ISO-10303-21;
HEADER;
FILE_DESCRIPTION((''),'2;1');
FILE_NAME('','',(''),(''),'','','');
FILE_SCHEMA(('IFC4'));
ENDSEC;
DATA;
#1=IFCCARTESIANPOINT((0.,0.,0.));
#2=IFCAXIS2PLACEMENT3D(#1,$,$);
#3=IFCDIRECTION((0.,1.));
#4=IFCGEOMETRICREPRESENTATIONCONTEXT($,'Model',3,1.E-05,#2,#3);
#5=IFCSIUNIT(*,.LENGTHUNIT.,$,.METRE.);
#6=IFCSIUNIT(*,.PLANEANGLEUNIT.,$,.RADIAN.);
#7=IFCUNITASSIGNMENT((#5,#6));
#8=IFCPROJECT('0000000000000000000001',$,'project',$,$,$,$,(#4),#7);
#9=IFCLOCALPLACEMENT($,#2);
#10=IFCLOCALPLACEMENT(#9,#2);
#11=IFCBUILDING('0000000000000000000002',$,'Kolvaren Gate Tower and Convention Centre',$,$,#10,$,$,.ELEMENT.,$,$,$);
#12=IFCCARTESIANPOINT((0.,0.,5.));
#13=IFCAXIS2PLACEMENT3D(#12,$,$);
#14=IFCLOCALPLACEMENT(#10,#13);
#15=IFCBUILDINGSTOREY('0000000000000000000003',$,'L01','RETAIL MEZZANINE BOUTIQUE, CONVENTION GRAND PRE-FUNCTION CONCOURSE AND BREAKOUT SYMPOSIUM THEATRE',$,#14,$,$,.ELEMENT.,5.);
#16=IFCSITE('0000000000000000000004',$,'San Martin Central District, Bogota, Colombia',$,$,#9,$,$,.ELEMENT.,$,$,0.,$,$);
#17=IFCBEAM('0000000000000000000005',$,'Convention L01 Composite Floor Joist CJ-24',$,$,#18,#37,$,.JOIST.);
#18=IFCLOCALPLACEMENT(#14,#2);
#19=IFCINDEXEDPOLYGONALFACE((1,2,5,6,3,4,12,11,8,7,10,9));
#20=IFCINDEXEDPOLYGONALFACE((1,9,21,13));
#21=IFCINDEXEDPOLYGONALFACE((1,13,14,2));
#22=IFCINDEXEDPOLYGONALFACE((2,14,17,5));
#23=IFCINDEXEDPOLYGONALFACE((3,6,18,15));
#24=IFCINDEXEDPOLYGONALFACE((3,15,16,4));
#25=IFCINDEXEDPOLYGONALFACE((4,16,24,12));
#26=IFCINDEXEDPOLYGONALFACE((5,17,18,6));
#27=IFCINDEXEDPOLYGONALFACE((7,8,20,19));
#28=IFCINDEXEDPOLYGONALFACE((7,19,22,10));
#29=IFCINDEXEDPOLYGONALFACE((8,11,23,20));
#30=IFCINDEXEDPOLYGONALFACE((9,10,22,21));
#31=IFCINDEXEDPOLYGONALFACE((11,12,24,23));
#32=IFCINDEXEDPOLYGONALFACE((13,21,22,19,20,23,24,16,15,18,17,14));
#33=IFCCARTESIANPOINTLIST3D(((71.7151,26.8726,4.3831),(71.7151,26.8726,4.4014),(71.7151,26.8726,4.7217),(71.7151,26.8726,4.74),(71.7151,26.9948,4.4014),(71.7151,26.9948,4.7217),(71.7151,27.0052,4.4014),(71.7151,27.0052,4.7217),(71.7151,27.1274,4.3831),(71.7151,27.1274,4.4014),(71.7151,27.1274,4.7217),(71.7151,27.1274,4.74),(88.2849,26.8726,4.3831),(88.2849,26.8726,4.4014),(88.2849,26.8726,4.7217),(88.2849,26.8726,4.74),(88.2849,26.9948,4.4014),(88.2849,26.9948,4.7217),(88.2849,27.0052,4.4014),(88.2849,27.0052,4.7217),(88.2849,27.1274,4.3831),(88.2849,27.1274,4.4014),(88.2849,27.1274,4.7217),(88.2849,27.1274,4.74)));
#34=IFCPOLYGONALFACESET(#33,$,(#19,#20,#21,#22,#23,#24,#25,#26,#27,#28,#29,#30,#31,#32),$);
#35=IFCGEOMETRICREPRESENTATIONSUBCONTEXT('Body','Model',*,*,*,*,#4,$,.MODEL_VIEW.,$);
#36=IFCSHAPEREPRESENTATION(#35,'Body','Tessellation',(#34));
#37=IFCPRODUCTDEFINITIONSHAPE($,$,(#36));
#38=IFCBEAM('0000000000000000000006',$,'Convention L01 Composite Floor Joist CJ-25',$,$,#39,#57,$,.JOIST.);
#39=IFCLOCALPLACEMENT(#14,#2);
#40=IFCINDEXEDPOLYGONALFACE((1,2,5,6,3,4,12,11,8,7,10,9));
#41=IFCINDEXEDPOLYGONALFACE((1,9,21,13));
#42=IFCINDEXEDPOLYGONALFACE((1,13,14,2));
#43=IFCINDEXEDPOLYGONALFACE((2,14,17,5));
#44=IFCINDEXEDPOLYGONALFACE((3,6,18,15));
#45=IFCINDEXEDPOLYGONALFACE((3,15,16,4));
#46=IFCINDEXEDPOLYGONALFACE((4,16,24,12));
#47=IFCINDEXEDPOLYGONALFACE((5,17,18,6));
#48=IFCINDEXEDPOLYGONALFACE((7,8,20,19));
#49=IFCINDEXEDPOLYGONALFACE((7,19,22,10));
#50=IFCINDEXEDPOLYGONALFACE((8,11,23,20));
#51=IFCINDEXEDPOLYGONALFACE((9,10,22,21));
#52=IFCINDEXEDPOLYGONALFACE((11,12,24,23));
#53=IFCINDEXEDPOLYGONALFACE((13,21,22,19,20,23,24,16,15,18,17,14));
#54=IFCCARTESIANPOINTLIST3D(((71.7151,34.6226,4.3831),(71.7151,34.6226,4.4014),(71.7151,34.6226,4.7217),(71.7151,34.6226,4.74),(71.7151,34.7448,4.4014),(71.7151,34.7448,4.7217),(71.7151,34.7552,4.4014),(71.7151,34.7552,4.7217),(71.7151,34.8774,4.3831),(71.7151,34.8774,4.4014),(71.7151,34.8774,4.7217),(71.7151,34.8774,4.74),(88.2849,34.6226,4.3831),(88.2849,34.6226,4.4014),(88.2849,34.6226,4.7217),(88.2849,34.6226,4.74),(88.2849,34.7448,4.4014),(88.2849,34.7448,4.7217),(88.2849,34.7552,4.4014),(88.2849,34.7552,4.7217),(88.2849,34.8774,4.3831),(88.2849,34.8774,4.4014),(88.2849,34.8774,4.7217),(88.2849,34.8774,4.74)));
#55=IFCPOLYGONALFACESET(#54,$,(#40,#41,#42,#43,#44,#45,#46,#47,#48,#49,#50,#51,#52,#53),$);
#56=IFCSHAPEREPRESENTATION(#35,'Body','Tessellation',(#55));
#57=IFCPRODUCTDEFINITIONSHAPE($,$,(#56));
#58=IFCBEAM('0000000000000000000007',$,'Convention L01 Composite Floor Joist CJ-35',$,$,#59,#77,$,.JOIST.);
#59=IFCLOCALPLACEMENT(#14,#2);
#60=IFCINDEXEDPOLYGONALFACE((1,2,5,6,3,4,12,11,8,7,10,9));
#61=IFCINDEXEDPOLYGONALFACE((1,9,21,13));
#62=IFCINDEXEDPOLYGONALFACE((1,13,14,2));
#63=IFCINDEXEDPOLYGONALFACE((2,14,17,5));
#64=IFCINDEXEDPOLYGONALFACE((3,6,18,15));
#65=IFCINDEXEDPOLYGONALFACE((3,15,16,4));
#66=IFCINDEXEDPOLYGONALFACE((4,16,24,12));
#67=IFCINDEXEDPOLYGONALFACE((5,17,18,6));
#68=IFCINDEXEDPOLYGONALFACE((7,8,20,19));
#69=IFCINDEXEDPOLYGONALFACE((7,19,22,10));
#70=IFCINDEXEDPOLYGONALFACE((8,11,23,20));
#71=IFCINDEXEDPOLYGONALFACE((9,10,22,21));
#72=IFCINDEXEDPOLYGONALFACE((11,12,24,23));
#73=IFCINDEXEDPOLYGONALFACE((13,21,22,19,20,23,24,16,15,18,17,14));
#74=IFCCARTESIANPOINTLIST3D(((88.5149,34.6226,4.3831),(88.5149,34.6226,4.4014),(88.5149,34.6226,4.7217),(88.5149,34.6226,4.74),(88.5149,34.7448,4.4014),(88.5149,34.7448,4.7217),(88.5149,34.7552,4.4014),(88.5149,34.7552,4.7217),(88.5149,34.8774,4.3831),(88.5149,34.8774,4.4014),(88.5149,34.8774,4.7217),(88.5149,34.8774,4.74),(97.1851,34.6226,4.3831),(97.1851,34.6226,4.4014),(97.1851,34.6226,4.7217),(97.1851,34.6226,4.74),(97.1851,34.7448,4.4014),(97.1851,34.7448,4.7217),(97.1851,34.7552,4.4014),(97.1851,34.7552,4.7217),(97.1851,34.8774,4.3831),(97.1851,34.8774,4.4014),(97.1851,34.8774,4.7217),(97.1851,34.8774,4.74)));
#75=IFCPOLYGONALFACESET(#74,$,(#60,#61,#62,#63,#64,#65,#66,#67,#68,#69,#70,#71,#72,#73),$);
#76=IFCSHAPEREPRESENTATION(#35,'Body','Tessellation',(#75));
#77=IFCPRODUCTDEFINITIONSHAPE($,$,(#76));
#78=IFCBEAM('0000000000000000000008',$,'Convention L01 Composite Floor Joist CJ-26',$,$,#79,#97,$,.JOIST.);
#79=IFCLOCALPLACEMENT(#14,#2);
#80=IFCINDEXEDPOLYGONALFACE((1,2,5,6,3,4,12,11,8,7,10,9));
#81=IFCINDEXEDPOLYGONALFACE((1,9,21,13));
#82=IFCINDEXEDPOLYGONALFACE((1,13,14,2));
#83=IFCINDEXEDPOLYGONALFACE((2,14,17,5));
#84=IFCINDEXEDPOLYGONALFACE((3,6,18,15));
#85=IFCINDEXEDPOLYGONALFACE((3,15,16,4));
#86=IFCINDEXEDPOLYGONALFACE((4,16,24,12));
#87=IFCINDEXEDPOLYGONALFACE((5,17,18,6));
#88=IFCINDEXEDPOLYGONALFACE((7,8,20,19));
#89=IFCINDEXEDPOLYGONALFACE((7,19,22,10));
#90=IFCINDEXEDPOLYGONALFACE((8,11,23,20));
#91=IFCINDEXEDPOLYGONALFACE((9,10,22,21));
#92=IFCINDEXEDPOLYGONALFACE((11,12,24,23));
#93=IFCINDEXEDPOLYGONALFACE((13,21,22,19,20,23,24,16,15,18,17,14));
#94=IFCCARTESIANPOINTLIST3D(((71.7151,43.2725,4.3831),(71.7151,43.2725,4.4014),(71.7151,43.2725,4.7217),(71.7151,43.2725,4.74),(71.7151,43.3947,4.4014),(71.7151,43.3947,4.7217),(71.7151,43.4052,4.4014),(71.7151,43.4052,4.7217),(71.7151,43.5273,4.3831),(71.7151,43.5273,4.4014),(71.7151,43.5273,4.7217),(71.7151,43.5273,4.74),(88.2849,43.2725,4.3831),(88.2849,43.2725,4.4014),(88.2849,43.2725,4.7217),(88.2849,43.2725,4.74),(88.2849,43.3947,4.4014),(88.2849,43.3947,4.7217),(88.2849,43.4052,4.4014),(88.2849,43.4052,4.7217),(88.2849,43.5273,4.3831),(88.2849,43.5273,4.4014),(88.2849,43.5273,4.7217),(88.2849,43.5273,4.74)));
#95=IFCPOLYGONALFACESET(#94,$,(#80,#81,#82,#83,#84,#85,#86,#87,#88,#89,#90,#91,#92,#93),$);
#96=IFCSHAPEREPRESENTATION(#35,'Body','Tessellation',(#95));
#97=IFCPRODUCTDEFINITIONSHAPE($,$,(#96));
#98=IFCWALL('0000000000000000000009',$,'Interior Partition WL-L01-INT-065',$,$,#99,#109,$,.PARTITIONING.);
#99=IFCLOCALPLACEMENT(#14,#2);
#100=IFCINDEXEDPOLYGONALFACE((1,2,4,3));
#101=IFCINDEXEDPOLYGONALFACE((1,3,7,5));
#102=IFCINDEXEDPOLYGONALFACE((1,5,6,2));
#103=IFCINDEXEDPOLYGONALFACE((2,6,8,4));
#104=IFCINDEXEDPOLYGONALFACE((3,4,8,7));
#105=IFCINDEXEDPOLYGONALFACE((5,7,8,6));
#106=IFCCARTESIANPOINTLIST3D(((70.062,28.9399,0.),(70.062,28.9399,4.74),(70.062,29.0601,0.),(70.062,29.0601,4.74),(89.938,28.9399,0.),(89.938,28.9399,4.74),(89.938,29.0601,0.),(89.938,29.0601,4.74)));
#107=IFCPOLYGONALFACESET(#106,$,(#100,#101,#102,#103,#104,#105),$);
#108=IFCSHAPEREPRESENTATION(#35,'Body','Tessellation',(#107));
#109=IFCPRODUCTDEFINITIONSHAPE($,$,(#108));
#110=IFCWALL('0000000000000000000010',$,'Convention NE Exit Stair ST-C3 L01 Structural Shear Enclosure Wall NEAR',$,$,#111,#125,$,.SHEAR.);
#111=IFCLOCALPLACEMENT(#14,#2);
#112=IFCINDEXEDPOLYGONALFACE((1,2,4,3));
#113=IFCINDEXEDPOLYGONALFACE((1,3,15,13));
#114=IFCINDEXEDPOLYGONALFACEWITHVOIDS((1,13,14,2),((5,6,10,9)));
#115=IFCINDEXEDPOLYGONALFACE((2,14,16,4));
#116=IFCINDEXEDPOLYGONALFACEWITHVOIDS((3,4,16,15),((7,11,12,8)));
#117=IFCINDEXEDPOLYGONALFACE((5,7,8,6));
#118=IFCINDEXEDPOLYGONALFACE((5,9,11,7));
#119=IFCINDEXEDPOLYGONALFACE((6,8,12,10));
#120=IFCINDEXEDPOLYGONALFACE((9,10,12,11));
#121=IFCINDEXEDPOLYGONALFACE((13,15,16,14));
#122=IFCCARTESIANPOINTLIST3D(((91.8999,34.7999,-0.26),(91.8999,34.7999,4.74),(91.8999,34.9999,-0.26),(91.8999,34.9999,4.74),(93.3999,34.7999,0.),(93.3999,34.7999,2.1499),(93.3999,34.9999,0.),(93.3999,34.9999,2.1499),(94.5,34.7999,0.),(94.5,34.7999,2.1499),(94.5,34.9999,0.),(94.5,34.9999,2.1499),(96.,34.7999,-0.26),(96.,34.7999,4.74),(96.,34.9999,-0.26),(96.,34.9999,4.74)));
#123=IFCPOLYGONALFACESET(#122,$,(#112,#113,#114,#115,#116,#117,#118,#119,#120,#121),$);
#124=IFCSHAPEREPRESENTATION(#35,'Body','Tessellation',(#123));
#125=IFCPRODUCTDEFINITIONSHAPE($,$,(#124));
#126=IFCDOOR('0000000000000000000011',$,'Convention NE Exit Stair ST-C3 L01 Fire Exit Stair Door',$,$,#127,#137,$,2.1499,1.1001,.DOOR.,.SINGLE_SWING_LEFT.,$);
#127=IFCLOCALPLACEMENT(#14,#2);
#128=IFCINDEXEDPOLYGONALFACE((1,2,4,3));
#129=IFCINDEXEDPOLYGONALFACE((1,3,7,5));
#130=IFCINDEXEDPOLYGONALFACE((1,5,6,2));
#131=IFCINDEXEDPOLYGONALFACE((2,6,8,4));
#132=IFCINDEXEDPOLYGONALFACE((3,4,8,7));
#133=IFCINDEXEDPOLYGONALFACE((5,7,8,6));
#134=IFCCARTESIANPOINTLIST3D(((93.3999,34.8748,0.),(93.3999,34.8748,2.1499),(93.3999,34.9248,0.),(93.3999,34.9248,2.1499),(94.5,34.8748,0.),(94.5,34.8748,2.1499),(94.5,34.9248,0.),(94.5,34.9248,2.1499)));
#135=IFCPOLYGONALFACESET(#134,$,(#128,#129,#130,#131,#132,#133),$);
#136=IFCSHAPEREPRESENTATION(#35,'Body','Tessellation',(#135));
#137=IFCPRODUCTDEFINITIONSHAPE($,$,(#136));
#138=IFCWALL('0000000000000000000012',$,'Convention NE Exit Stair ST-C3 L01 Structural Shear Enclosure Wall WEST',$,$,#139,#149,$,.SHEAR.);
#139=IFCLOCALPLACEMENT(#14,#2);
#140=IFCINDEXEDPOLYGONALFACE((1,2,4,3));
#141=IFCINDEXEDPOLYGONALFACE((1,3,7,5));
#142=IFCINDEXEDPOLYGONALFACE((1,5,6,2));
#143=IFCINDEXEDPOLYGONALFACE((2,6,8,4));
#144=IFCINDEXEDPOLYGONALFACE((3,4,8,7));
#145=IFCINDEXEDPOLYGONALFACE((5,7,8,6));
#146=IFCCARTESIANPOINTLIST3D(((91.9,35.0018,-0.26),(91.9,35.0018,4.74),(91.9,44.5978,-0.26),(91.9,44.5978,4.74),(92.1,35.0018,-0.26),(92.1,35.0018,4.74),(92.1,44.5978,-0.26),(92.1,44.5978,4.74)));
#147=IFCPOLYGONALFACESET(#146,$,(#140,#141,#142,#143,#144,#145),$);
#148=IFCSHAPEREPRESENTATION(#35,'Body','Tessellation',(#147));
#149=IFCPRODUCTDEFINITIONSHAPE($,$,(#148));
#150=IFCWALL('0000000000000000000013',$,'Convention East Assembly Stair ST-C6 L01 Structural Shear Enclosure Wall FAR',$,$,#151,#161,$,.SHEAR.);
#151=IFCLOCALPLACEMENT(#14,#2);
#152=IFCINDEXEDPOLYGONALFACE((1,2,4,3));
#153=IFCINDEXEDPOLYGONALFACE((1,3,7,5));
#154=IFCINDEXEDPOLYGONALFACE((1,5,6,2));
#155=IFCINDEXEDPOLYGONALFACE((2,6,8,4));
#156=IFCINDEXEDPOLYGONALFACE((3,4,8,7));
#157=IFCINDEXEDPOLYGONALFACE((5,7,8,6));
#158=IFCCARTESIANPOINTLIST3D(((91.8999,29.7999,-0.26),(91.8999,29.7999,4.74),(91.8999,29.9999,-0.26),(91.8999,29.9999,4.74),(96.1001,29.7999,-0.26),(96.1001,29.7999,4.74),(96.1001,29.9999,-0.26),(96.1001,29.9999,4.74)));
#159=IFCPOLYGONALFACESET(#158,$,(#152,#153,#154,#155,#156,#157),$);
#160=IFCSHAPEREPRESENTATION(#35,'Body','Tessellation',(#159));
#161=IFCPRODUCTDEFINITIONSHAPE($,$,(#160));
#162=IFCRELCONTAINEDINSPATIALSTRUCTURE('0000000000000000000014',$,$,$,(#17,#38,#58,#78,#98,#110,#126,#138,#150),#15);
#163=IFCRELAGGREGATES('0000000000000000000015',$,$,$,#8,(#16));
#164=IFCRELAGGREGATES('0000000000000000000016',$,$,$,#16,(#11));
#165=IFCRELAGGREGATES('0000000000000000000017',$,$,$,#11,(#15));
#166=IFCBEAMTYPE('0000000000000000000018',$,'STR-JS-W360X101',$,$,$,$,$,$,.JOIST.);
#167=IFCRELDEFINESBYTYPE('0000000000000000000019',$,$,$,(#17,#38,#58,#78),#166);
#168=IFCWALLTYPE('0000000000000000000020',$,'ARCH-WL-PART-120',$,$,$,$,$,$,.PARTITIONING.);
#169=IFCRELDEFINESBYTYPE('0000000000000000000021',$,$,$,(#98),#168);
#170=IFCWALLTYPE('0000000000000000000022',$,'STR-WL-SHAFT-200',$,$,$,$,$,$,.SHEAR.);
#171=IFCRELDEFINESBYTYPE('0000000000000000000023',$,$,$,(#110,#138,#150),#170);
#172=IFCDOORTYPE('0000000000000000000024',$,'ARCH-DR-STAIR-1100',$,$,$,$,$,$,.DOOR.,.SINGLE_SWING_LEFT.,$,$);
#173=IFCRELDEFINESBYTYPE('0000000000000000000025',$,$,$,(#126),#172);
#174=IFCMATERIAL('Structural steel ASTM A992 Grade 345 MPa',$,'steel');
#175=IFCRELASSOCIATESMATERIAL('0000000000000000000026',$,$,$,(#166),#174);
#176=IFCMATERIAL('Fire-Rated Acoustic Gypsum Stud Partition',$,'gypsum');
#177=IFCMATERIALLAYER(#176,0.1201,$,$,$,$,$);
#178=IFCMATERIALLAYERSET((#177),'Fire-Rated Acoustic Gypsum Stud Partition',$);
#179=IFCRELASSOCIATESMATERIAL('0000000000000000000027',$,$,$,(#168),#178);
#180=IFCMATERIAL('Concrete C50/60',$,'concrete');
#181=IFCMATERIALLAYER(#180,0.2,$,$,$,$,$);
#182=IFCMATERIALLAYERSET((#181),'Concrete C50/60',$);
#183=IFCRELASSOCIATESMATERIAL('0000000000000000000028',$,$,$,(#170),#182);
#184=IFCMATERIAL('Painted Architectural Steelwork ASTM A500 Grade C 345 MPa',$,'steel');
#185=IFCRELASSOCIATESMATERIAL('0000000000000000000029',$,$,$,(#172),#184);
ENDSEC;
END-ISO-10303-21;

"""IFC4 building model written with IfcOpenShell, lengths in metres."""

from ifc_helpers import new_model, si_unit, direction, frame, frame_2d, origin, origin_2d, place, context, subcontext, project, spatial, rectangle, i_section, extrude, material, layer, layer_set, material_profile, profile_set, type_object, element, fill, save


model = new_model("IFC4")

# Units and contexts
model_context = context("Model", 3, precision=1e-05, world=origin(), true_north=direction((0.0, 1.0)))
body_context = subcontext(model_context, "Body", "Model", "MODEL_VIEW")
ifc_project = project(units=[si_unit("LENGTHUNIT", "METRE"), si_unit("PLANEANGLEUNIT", "RADIAN")], contexts=[model_context])

# Site, building, storey
site_placement = place(None, origin())
site = spatial("IfcSite", under=ifc_project, at=site_placement, Name="San Martin Central District, Bogota, Colombia", CompositionType="ELEMENT", RefElevation=0.0)
building_placement = place(site_placement, origin())
building = spatial("IfcBuilding", under=site, at=building_placement, Name="Kolvaren Gate Tower and Convention Centre", CompositionType="ELEMENT")
storey_placement = place(building_placement, frame((0.0, 0.0, 5.0)))
storey = spatial("IfcBuildingStorey", under=building, at=storey_placement, Name="L01", Description="RETAIL MEZZANINE BOUTIQUE, CONVENTION GRAND PRE-FUNCTION CONCOURSE AND BREAKOUT SYMPOSIUM THEATRE", CompositionType="ELEMENT", Elevation=5.0)

# Beams
ifc_material_1 = material(Name="Structural steel ASTM A992 Grade 345 MPa", Category="steel")
ifc_material_profile_1 = material_profile(ifc_material_1, i_section(OverallWidth=0.2549, OverallDepth=0.3569, WebThickness=0.0105, FlangeThickness=0.0183, at=origin_2d()), Name="W360X101")
ifc_profile_set_1 = profile_set([ifc_material_profile_1], Name="Structural steel ASTM A992 Grade 345 MPa")
beam_type_1 = type_object("IfcBeamType", Name="STR-JS-W360X101", PredefinedType="JOIST", material=ifc_profile_set_1)
for number, where, z_axis, x_axis, name in (
    (1, (71.7151, 27.0, 4.5615), (1.0, 0.0, 0.0), (0.0, 1.0, 0.0), "Convention L01 Composite Floor Joist CJ-24"),
    (2, (71.7151, 34.75, 4.5615), (1.0, 0.0, 0.0), (0.0, 1.0, 0.0), "Convention L01 Composite Floor Joist CJ-25"),
):
    element("IfcBeam", number, at=place(storey_placement, frame(where, z_axis=z_axis, x_axis=x_axis)), inside=storey, type_object=beam_type_1, Name=name, PredefinedType="JOIST", context=body_context, shape_type="SweptSolid", body=[
        extrude(i_section(OverallWidth=0.2549, OverallDepth=0.3569, WebThickness=0.0105, FlangeThickness=0.0183, at=origin_2d()), origin(), (0.0, 0.0, 1.0), 16.5698),
    ])
beam_1_placement = place(storey_placement, frame((88.5149, 34.75, 4.5615), z_axis=(1.0, 0.0, 0.0), x_axis=(0.0, 1.0, 0.0)))
element("IfcBeam", 3, at=beam_1_placement, inside=storey, type_object=beam_type_1, Name="Convention L01 Composite Floor Joist CJ-35", PredefinedType="JOIST", context=body_context, shape_type="SweptSolid", body=[
    extrude(i_section(OverallWidth=0.2549, OverallDepth=0.3569, WebThickness=0.0105, FlangeThickness=0.0183, at=origin_2d()), origin(), (0.0, 0.0, 1.0), 8.6702),
])
beam_2_placement = place(storey_placement, frame((71.7151, 43.3999, 4.5615), z_axis=(1.0, 0.0, 0.0), x_axis=(0.0, 1.0, 0.0)))
element("IfcBeam", 4, at=beam_2_placement, inside=storey, type_object=beam_type_1, Name="Convention L01 Composite Floor Joist CJ-26", PredefinedType="JOIST", context=body_context, shape_type="SweptSolid", body=[
    extrude(i_section(OverallWidth=0.2549, OverallDepth=0.3569, WebThickness=0.0105, FlangeThickness=0.0183, at=origin_2d()), origin(), (0.0, 0.0, 1.0), 16.5698),
])

# Wall
ifc_material_2 = material(Name="Fire-Rated Acoustic Gypsum Stud Partition", Category="gypsum")
ifc_layer_1 = layer(ifc_material_2, 0.1201)
ifc_layer_set_1 = layer_set([ifc_layer_1], Name="Fire-Rated Acoustic Gypsum Stud Partition")
wall_type_1 = type_object("IfcWallType", Name="ARCH-WL-PART-120", PredefinedType="PARTITIONING", material=ifc_layer_set_1)
wall_1_placement = place(storey_placement, frame((70.062, 29.0, 0.0), z_axis=(0.0, 0.0, 1.0), x_axis=(1.0, 0.0, 0.0)))
element("IfcWall", 5, at=wall_1_placement, inside=storey, type_object=wall_type_1, Name="Interior Partition WL-L01-INT-065", PredefinedType="PARTITIONING", context=body_context, shape_type="SweptSolid", body=[
    extrude(rectangle(XDim=19.876, YDim=0.1201, at=frame_2d((9.938, 0.0))), origin(), (0.0, 0.0, 1.0), 4.74),
])

# Wall, opening, door
ifc_material_3 = material(Name="Concrete C50/60", Category="concrete")
ifc_layer_2 = layer(ifc_material_3, 0.2)
ifc_layer_set_2 = layer_set([ifc_layer_2], Name="Concrete C50/60")
wall_type_2 = type_object("IfcWallType", Name="STR-WL-SHAFT-200", PredefinedType="SHEAR", material=ifc_layer_set_2)
wall_2_placement = place(storey_placement, frame((91.8999, 34.8999, -0.26), z_axis=(0.0, 0.0, 1.0), x_axis=(1.0, 0.0, 0.0)))
wall_2 = element("IfcWall", 6, at=wall_2_placement, inside=storey, type_object=wall_type_2, Name="Convention NE Exit Stair ST-C3 L01 Structural Shear Enclosure Wall NEAR", PredefinedType="SHEAR", context=body_context, shape_type="SweptSolid", body=[
    extrude(rectangle(XDim=4.1001, YDim=0.2, at=frame_2d((2.05, 0.0))), origin(), (0.0, 0.0, 1.0), 5.0),
])
opening_placement = place(wall_2_placement, frame((1.5, 0.0, 0.26)))
opening = element("IfcOpeningElement", 7, at=opening_placement, cuts=wall_2, PredefinedType="OPENING", context=body_context, shape_type="SweptSolid", body=[
    extrude(rectangle(XDim=1.1001, YDim=2.1499, at=frame_2d((0.55, 1.075))), frame((0.0, 0.1099, 0.0), z_axis=(0.0, -1.0, 0.0), x_axis=(1.0, 0.0, 0.0)), (0.0, 0.0, 1.0), 0.22),
])
ifc_material_4 = material(Name="Painted Architectural Steelwork ASTM A500 Grade C 345 MPa", Category="steel")
door_type = type_object("IfcDoorType", Name="ARCH-DR-STAIR-1100", OperationType="SINGLE_SWING_LEFT", PredefinedType="DOOR", material=ifc_material_4)
door_placement = place(opening_placement, origin())
door = element("IfcDoor", 8, at=door_placement, inside=storey, type_object=door_type, Name="Convention NE Exit Stair ST-C3 L01 Fire Exit Stair Door", OperationType="SINGLE_SWING_LEFT", OverallHeight=2.1499, OverallWidth=1.1001, PredefinedType="DOOR", context=body_context, shape_type="SweptSolid", body=[
    extrude(rectangle(XDim=1.1001, YDim=2.1499, at=frame_2d((0.55, 1.075))), frame((0.0, 0.0249, 0.0), z_axis=(0.0, -1.0, 0.0), x_axis=(1.0, 0.0, 0.0)), (0.0, 0.0, 1.0), 0.05),
])
fill(opening, door)

# Walls
wall_3_placement = place(storey_placement, frame((92.0, 35.002, -0.26), z_axis=(0.0, 0.0, 1.0), x_axis=(0.0, 1.0, 0.0)))
element("IfcWall", 9, at=wall_3_placement, inside=storey, type_object=wall_type_2, Name="Convention NE Exit Stair ST-C3 L01 Structural Shear Enclosure Wall WEST", PredefinedType="SHEAR", context=body_context, shape_type="SweptSolid", body=[
    extrude(rectangle(XDim=9.5959, YDim=0.2, at=frame_2d((4.7979, 0.0))), origin(), (0.0, 0.0, 1.0), 5.0),
])
wall_4_placement = place(storey_placement, frame((91.8999, 29.8999, -0.26), z_axis=(0.0, 0.0, 1.0), x_axis=(1.0, 0.0, 0.0)))
element("IfcWall", 10, at=wall_4_placement, inside=storey, type_object=wall_type_2, Name="Convention East Assembly Stair ST-C6 L01 Structural Shear Enclosure Wall FAR", PredefinedType="SHEAR", context=body_context, shape_type="SweptSolid", body=[
    extrude(rectangle(XDim=4.2002, YDim=0.2, at=frame_2d((2.1001, 0.0))), origin(), (0.0, 0.0, 1.0), 5.0),
])

save(model, "model.ifc")
